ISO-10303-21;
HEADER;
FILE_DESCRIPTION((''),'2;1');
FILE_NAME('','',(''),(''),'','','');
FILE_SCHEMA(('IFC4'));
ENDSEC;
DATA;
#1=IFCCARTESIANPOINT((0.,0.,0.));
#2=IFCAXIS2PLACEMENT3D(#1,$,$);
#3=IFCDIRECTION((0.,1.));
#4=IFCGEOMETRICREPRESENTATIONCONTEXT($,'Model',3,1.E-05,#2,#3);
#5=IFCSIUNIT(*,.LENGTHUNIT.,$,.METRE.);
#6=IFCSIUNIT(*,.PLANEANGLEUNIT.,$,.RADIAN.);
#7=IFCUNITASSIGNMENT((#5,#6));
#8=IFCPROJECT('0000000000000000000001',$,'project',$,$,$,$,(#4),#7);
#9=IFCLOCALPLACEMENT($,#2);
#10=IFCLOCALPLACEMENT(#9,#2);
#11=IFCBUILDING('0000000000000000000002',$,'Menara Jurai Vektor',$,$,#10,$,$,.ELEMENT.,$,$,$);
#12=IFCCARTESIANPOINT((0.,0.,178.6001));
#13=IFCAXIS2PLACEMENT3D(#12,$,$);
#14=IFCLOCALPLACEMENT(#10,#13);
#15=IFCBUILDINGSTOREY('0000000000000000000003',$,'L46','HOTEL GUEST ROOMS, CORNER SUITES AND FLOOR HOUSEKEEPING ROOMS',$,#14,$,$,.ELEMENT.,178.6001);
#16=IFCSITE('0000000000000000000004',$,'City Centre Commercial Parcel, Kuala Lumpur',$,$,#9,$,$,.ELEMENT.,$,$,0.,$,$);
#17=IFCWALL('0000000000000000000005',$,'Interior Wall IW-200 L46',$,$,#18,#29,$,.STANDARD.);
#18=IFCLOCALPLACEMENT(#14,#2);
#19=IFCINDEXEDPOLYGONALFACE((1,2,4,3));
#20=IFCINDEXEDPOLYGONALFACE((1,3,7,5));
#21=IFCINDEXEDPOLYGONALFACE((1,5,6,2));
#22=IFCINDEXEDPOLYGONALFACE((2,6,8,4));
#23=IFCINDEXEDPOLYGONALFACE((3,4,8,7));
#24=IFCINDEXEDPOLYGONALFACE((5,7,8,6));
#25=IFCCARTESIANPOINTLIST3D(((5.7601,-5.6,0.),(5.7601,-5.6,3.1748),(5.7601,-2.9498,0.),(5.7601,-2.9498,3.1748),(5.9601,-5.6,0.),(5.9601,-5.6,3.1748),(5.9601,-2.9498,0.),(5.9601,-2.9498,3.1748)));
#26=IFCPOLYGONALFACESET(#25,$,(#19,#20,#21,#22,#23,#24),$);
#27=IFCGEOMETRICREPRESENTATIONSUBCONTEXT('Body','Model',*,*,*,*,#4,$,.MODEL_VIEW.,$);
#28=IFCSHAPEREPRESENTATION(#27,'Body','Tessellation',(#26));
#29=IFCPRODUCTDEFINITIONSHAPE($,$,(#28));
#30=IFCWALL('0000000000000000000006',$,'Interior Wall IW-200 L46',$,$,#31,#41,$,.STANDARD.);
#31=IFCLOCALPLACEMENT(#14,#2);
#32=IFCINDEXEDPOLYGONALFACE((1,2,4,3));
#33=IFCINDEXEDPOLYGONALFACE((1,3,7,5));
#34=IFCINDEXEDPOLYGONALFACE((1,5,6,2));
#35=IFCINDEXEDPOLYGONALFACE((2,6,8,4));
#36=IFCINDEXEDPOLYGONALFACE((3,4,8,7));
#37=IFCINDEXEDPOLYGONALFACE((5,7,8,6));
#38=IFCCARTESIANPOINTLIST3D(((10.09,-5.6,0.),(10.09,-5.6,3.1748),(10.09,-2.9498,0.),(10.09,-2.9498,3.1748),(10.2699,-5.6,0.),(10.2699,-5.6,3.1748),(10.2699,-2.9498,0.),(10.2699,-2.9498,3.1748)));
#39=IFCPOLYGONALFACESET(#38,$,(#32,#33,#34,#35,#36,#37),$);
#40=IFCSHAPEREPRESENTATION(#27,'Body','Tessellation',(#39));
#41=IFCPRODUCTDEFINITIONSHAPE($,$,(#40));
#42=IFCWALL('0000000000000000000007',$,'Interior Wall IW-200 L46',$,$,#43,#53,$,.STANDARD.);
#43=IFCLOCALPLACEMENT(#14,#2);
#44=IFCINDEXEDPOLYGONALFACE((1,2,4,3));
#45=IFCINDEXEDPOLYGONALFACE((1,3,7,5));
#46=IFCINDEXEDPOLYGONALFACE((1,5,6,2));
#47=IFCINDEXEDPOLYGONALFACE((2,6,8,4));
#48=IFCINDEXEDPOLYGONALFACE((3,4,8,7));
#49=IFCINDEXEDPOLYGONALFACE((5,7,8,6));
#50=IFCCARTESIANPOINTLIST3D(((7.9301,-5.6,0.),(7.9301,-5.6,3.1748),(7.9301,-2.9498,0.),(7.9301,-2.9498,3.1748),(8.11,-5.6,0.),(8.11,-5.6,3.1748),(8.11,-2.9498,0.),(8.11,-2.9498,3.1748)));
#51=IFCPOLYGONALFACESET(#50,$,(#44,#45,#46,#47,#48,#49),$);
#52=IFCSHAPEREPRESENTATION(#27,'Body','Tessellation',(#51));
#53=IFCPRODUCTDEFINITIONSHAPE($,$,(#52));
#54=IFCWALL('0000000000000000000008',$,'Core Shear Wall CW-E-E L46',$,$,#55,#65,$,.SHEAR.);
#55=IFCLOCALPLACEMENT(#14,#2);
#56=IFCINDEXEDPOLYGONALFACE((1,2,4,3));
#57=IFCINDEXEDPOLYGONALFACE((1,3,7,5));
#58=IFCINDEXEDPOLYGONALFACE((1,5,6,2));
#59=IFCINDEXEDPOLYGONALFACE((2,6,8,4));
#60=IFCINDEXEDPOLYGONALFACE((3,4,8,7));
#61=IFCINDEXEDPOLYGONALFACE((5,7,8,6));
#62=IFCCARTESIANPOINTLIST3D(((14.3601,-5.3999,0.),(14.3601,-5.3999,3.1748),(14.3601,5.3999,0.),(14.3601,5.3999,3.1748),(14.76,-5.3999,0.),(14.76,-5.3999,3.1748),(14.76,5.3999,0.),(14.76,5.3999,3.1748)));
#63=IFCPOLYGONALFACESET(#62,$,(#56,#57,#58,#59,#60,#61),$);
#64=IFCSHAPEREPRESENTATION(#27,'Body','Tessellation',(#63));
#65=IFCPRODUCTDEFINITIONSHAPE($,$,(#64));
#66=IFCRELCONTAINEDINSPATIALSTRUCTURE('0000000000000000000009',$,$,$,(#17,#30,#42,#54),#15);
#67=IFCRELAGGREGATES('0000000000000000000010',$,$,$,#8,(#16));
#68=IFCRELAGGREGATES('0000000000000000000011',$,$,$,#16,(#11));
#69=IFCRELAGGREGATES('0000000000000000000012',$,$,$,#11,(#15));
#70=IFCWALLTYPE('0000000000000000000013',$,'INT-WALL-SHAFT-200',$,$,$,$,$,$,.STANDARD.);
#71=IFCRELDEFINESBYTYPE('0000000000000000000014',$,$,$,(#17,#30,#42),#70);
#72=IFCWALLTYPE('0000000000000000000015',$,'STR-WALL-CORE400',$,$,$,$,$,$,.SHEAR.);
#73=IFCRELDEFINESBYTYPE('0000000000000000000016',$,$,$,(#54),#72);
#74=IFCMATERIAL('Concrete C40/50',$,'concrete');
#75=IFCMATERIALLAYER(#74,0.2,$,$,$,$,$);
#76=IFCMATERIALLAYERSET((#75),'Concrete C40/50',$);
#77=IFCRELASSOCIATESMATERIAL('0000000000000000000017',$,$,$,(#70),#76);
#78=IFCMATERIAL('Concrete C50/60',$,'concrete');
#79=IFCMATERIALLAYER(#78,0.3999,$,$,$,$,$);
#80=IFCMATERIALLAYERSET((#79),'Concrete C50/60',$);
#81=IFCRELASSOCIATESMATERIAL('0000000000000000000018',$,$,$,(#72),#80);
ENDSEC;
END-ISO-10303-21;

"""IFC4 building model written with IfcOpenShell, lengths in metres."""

from ifc_helpers import new_model, si_unit, direction, frame, frame_2d, origin, place, context, subcontext, project, spatial, rectangle, extrude, material, layer, layer_set, type_object, element, save


model = new_model("IFC4")

# Units and contexts
model_context = context("Model", 3, precision=1e-05, world=origin(), true_north=direction((0.0, 1.0)))
body_context = subcontext(model_context, "Body", "Model", "MODEL_VIEW")
ifc_project = project(units=[si_unit("LENGTHUNIT", "METRE"), si_unit("PLANEANGLEUNIT", "RADIAN")], contexts=[model_context])

# Site, building, storey
site_placement = place(None, origin())
site = spatial("IfcSite", under=ifc_project, at=site_placement, Name="City Centre Commercial Parcel, Kuala Lumpur", CompositionType="ELEMENT", RefElevation=0.0)
building_placement = place(site_placement, origin())
building = spatial("IfcBuilding", under=site, at=building_placement, Name="Menara Jurai Vektor", CompositionType="ELEMENT")
storey_placement = place(building_placement, frame((0.0, 0.0, 178.6001)))
storey = spatial("IfcBuildingStorey", under=building, at=storey_placement, Name="L46", Description="HOTEL GUEST ROOMS, CORNER SUITES AND FLOOR HOUSEKEEPING ROOMS", CompositionType="ELEMENT", Elevation=178.6001)

# Shared definitions
ifc_material_1 = material(Name="Concrete C50/60", Category="concrete")

# Shared definitions
ifc_material_2 = material(Name="Concrete C40/50", Category="concrete")

# Shared definitions
ifc_layer_1 = layer(ifc_material_2, 0.2)
ifc_layer_set_1 = layer_set([ifc_layer_1], Name="Concrete C40/50")
wall_type_1 = type_object("IfcWallType", Name="INT-WALL-SHAFT-200", PredefinedType="STANDARD", material=ifc_layer_set_1)

# Walls
wall_1_placement = place(storey_placement, frame((5.8601, -5.6001, 0.0), z_axis=(0.0, 0.0, 1.0), x_axis=(0.0, 1.0, 0.0)))
element("IfcWall", 1, at=wall_1_placement, inside=storey, type_object=wall_type_1, Name="Interior Wall IW-200 L46", PredefinedType="STANDARD", context=body_context, shape_type="SweptSolid", body=[
    extrude(rectangle(XDim=2.6501, YDim=0.2, at=frame_2d((1.3252, 0.0))), origin(), (0.0, 0.0, 1.0), 3.1748),
])
for number, where, z_axis, x_axis, name in (
    (2, (10.1799, -5.6001, 0.0), (0.0, 0.0, 1.0), (0.0, 1.0, 0.0), "Interior Wall IW-200 L46"),
    (3, (8.02, -5.6001, 0.0), (0.0, 0.0, 1.0), (0.0, 1.0, 0.0), "Interior Wall IW-200 L46"),
):
    element("IfcWall", number, at=place(storey_placement, frame(where, z_axis=z_axis, x_axis=x_axis)), inside=storey, type_object=wall_type_1, Name=name, PredefinedType="STANDARD", context=body_context, shape_type="SweptSolid", body=[
        extrude(rectangle(XDim=2.6501, YDim=0.1799, at=frame_2d((1.3252, 0.0))), origin(), (0.0, 0.0, 1.0), 3.1748),
    ])
ifc_layer_2 = layer(ifc_material_1, 0.3999)
ifc_layer_set_2 = layer_set([ifc_layer_2], Name="Concrete C50/60")
wall_type_2 = type_object("IfcWallType", Name="STR-WALL-CORE400", PredefinedType="SHEAR", material=ifc_layer_set_2)
wall_2_placement = place(storey_placement, frame((14.5601, -5.3999, 0.0), z_axis=(0.0, 0.0, 1.0), x_axis=(0.0, 1.0, 0.0)))
element("IfcWall", 4, at=wall_2_placement, inside=storey, type_object=wall_type_2, Name="Core Shear Wall CW-E-E L46", PredefinedType="SHEAR", context=body_context, shape_type="SweptSolid", body=[
    extrude(rectangle(XDim=10.7998, YDim=0.3999, at=frame_2d((5.3999, 0.0))), origin(), (0.0, 0.0, 1.0), 3.1748),
])

save(model, "model.ifc")
